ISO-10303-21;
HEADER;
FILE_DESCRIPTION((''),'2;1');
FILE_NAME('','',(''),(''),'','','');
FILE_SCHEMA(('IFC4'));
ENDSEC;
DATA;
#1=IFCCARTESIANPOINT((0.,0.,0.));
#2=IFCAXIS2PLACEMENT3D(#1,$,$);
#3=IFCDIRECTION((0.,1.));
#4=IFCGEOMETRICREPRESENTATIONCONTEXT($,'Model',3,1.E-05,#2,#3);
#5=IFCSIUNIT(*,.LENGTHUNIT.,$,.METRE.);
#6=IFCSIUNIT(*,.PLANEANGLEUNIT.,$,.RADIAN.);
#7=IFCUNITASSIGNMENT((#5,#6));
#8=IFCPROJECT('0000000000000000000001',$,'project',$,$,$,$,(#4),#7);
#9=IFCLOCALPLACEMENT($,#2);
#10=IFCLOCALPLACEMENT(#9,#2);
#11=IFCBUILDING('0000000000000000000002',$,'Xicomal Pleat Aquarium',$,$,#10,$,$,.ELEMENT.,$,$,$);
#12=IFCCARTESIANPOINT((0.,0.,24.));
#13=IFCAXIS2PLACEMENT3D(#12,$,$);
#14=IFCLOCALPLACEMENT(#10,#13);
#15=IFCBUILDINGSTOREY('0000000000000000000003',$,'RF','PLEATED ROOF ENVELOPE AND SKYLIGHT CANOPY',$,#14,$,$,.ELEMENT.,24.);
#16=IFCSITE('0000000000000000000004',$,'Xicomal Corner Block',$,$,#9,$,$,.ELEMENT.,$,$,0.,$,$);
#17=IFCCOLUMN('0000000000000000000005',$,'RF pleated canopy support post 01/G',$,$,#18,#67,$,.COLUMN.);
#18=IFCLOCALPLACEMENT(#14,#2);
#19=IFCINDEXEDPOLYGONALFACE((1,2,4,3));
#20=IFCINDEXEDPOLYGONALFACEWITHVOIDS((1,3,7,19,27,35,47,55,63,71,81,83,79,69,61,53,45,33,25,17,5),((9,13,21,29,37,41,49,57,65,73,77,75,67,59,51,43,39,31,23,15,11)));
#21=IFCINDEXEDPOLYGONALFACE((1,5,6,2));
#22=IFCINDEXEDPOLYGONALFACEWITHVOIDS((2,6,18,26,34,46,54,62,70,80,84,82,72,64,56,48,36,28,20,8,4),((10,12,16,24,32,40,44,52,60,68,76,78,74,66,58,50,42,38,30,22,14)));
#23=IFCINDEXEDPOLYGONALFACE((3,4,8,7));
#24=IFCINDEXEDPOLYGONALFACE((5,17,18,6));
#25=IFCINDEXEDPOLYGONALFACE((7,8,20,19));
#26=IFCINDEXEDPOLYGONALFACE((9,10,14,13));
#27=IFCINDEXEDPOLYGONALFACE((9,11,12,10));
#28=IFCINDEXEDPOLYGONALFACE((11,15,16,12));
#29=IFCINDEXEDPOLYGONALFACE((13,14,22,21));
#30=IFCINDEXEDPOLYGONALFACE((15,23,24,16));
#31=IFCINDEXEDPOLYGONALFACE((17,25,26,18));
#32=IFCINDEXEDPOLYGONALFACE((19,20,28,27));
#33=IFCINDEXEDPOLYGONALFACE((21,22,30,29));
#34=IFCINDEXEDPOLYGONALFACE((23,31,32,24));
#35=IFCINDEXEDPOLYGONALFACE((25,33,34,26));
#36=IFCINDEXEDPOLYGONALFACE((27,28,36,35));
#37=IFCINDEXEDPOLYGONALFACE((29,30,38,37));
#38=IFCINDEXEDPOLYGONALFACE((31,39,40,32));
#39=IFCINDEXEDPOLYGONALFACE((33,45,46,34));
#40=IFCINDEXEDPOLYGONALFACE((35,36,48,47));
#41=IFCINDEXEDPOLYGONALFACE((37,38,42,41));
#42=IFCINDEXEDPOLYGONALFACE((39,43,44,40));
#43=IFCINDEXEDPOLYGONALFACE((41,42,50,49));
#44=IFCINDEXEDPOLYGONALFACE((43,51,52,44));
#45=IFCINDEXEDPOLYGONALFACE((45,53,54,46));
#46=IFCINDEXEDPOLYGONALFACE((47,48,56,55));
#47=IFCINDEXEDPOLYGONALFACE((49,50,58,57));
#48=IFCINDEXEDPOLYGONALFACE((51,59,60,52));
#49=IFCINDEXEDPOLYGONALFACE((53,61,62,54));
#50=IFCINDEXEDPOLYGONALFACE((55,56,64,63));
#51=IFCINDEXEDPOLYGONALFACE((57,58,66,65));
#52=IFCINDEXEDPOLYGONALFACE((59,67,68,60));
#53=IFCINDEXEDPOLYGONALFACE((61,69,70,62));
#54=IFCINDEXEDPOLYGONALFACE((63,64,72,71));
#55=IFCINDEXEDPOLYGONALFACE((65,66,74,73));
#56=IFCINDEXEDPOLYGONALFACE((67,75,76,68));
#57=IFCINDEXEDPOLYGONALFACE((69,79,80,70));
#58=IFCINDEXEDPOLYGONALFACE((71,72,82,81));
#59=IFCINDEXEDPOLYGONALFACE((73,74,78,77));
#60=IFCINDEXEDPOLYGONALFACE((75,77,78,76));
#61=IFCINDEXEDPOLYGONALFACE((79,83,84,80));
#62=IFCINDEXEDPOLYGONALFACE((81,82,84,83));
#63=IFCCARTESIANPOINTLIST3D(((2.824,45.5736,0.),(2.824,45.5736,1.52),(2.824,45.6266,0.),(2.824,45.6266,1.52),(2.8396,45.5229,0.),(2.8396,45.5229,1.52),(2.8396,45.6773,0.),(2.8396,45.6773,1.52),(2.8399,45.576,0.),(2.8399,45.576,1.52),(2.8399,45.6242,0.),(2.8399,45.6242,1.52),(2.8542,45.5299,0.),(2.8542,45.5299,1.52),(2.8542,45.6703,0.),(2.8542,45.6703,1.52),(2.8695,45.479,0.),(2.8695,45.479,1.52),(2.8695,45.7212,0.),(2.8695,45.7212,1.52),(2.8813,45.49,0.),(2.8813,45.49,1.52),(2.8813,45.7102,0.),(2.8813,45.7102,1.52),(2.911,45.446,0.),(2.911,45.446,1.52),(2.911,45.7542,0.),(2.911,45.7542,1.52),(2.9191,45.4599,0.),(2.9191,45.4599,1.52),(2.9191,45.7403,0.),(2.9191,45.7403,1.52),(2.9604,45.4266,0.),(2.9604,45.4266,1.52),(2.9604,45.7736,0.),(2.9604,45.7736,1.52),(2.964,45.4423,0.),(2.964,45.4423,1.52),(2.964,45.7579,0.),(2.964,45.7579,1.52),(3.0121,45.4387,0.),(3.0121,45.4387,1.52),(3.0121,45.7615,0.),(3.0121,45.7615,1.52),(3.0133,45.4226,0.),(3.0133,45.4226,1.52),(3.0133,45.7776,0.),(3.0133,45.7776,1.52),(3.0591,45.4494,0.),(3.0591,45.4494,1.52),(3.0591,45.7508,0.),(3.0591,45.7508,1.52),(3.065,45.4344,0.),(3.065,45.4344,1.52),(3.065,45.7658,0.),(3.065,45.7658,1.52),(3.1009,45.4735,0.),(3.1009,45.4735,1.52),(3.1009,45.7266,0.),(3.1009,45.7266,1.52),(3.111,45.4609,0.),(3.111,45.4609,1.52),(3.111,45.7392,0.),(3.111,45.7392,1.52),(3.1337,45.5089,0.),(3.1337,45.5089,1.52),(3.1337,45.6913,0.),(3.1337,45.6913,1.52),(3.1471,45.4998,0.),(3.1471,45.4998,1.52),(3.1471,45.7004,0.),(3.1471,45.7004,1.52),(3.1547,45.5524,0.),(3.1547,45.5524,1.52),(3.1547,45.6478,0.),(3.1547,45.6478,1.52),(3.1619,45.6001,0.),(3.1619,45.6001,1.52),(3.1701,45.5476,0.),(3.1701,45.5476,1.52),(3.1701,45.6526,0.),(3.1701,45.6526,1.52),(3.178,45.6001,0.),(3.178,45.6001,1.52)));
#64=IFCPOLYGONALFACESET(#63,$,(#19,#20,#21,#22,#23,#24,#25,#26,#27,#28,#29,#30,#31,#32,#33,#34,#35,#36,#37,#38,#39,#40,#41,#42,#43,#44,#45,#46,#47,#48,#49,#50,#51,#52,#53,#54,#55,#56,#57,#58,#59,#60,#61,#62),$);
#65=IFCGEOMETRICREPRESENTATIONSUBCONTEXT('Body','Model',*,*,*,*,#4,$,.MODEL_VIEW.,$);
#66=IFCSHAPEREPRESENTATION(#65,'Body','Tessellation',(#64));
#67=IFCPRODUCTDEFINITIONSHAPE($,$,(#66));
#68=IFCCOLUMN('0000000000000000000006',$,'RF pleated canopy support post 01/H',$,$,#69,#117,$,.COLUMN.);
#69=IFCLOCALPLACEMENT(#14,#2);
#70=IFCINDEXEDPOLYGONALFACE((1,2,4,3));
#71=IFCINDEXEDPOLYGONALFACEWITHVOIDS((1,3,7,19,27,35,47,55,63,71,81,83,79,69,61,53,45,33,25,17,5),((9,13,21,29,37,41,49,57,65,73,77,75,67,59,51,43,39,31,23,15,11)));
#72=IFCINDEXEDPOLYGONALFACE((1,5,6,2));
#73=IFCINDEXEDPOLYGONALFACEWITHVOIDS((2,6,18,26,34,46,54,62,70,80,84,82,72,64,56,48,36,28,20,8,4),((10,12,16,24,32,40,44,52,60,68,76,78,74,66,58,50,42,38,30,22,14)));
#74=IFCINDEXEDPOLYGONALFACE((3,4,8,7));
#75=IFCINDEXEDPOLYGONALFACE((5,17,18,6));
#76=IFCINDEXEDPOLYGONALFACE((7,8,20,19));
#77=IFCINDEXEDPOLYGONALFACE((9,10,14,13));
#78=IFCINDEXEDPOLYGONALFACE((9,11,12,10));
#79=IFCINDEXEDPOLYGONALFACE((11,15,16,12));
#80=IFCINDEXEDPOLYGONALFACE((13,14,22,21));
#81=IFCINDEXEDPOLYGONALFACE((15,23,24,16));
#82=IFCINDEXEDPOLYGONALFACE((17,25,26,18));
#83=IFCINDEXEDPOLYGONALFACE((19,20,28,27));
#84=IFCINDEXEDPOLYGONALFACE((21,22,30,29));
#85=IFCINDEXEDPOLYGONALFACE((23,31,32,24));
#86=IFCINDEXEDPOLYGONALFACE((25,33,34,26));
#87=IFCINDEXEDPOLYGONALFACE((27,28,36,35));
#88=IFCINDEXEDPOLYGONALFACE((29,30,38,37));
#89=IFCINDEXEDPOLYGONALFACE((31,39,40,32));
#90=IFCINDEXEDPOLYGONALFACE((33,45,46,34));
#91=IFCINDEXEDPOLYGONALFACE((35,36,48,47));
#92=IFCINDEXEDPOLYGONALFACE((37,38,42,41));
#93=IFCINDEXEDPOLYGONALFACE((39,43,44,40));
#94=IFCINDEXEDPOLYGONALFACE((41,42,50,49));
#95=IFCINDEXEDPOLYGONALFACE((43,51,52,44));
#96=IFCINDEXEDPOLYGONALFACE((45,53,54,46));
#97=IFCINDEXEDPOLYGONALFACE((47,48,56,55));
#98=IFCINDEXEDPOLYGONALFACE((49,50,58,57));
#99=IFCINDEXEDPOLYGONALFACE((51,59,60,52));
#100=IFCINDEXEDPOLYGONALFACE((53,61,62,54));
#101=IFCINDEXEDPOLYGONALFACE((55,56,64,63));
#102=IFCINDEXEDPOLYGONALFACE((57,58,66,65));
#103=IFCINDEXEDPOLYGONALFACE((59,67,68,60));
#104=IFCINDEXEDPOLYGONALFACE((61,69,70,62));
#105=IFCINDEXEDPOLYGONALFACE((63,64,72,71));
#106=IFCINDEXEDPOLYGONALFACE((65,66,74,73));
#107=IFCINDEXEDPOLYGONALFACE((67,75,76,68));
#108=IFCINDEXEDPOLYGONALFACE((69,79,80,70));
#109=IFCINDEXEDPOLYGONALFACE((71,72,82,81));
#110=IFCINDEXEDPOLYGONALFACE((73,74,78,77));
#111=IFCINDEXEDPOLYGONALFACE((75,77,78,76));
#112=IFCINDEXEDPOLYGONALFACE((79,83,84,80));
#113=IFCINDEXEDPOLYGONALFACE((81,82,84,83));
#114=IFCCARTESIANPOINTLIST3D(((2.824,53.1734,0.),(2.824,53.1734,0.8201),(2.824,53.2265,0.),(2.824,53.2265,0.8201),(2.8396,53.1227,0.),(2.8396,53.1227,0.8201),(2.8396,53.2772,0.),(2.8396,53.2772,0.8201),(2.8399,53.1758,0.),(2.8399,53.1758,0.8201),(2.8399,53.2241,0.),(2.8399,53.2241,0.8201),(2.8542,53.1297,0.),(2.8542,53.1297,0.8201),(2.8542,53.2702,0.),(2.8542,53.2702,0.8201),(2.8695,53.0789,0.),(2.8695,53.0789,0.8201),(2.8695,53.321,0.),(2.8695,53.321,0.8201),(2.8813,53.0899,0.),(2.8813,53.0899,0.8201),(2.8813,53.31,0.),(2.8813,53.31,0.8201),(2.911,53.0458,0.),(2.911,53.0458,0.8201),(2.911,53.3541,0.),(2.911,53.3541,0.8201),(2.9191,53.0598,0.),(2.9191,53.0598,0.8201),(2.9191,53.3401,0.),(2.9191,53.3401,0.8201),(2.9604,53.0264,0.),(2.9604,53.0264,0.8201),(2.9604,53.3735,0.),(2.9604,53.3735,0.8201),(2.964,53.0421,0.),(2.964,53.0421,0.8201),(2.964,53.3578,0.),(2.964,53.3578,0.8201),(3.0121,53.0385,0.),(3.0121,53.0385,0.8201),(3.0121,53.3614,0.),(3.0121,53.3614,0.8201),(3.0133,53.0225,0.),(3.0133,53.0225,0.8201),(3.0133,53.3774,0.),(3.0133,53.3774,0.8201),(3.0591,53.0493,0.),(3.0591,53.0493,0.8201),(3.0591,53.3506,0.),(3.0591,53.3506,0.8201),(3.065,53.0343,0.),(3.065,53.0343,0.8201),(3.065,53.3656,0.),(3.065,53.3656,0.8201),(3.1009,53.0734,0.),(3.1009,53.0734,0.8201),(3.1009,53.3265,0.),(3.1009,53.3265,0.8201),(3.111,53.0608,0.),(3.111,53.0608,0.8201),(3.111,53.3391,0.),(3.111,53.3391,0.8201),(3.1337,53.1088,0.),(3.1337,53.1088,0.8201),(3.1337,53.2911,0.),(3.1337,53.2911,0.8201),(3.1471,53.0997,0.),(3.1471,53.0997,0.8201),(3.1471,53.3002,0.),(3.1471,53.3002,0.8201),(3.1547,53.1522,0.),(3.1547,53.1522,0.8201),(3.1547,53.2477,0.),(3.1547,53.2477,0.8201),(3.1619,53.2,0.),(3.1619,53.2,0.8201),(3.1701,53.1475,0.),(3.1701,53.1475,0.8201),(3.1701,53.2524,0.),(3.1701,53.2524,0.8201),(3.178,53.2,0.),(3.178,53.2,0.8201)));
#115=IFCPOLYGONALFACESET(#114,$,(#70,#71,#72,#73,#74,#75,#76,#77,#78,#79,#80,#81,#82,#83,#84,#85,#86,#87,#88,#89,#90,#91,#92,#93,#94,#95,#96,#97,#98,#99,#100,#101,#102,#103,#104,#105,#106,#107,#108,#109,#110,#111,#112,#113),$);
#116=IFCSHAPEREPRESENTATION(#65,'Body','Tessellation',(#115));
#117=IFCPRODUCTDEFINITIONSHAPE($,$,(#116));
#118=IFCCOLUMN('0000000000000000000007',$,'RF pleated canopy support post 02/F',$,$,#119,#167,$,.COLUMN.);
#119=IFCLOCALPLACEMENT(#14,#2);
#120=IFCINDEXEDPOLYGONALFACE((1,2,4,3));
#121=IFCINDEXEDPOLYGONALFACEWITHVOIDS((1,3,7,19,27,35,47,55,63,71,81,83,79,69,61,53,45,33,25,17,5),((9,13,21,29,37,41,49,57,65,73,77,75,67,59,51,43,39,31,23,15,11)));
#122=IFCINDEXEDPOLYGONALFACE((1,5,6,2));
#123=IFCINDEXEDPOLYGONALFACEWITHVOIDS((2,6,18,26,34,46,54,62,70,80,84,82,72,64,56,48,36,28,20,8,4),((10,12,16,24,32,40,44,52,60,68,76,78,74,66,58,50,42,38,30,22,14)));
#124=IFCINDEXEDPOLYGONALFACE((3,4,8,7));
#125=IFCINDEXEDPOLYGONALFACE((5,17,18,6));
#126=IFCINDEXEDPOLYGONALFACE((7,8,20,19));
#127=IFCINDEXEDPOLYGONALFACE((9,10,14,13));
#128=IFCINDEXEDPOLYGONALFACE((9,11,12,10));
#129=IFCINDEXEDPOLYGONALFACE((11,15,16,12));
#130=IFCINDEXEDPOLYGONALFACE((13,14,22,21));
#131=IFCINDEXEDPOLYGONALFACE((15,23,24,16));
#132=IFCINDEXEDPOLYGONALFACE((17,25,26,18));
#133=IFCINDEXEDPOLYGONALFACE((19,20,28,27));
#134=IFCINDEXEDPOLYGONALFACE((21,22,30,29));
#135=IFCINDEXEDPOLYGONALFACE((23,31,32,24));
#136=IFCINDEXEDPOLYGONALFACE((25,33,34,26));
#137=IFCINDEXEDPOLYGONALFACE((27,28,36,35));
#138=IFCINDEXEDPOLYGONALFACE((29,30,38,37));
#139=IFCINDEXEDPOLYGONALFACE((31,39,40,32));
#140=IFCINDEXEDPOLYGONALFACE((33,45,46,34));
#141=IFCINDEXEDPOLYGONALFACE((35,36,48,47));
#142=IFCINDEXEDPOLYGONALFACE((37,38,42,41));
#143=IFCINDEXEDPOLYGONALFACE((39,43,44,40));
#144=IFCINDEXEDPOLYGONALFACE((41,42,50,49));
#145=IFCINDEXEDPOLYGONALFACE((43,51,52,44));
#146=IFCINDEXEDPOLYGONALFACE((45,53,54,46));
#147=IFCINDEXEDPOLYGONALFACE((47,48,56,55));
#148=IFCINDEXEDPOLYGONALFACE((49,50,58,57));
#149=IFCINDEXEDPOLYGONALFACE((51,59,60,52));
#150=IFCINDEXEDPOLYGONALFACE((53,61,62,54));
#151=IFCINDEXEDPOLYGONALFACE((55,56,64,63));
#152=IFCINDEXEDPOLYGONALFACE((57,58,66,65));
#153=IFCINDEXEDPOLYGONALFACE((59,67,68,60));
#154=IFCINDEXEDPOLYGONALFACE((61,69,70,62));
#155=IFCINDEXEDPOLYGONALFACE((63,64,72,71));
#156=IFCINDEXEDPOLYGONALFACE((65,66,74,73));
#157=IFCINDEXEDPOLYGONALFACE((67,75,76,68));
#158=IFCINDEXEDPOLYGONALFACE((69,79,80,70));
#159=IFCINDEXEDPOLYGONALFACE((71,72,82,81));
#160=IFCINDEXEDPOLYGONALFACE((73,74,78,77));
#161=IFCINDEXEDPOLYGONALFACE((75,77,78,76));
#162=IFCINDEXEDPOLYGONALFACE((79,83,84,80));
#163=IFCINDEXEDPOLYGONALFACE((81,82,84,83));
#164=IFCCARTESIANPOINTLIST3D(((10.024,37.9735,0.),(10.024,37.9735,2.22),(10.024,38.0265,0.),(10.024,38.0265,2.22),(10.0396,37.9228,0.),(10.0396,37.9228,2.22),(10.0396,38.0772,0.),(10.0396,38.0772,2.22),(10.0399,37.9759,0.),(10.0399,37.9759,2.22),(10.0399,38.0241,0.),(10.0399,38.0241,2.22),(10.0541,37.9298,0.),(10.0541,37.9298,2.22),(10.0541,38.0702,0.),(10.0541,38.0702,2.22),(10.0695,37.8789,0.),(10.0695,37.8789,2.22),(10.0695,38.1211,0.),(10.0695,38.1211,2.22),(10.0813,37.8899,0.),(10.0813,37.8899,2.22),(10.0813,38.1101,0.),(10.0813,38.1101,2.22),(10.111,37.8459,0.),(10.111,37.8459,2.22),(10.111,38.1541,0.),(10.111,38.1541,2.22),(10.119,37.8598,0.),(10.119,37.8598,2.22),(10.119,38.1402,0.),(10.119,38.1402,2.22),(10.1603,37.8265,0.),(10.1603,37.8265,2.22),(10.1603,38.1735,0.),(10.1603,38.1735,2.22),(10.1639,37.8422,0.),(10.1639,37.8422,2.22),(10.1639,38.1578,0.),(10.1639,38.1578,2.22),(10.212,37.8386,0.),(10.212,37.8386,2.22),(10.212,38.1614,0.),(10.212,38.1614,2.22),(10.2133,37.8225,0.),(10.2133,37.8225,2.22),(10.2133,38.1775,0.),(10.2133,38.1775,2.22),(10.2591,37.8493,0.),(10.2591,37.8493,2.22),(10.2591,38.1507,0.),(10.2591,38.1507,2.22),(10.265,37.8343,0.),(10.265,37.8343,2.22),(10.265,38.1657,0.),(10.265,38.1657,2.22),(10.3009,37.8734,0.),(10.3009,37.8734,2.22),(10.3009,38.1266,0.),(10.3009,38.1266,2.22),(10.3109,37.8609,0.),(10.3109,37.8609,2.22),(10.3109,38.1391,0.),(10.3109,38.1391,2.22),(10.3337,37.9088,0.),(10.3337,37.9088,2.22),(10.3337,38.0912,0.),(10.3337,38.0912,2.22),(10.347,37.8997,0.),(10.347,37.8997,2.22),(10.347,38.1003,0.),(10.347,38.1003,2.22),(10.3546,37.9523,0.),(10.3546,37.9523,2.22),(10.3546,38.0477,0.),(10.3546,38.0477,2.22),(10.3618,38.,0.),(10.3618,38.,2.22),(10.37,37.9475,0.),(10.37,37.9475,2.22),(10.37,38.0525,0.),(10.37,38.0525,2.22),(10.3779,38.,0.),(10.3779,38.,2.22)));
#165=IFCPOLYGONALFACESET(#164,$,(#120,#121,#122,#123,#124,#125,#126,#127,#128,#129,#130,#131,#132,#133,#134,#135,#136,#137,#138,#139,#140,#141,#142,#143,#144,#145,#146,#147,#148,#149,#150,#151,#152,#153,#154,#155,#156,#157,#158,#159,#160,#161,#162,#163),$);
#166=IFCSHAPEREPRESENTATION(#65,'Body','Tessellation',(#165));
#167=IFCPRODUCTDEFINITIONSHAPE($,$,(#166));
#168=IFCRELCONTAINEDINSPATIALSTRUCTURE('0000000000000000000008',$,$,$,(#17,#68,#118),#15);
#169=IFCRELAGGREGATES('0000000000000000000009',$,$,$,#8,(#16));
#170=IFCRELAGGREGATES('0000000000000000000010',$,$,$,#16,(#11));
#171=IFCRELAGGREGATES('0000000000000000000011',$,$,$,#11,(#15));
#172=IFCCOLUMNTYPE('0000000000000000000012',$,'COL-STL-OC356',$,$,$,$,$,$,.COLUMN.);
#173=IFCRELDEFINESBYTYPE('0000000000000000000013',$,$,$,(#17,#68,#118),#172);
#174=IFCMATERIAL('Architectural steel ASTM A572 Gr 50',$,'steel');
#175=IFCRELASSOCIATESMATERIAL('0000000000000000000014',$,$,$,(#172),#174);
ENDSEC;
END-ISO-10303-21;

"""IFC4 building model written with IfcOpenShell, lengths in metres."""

from ifc_helpers import new_model, si_unit, direction, frame, origin, origin_2d, place, context, subcontext, project, spatial, hollow_circle, extrude, material, material_profile, profile_set, type_object, element, save


model = new_model("IFC4")

# Units and contexts
model_context = context("Model", 3, precision=1e-05, world=origin(), true_north=direction((0.0, 1.0)))
body_context = subcontext(model_context, "Body", "Model", "MODEL_VIEW")
ifc_project = project(units=[si_unit("LENGTHUNIT", "METRE"), si_unit("PLANEANGLEUNIT", "RADIAN")], contexts=[model_context])

# Site, building, storey
site_placement = place(None, origin())
site = spatial("IfcSite", under=ifc_project, at=site_placement, Name="Xicomal Corner Block", CompositionType="ELEMENT", RefElevation=0.0)
building_placement = place(site_placement, origin())
building = spatial("IfcBuilding", under=site, at=building_placement, Name="Xicomal Pleat Aquarium", CompositionType="ELEMENT")
storey_placement = place(building_placement, frame((0.0, 0.0, 24.0)))
storey = spatial("IfcBuildingStorey", under=building, at=storey_placement, Name="RF", Description="PLEATED ROOF ENVELOPE AND SKYLIGHT CANOPY", CompositionType="ELEMENT", Elevation=24.0)

# Columns
ifc_material_1 = material(Name="Architectural steel ASTM A572 Gr 50", Category="steel")
ifc_material_profile_1 = material_profile(ifc_material_1, hollow_circle(Radius=0.178, WallThickness=0.0161, at=origin_2d()), Name="OC 356x16")
ifc_profile_set_1 = profile_set([ifc_material_profile_1], Name="Architectural steel ASTM A572 Gr 50")
column_type = type_object("IfcColumnType", Name="COL-STL-OC356", PredefinedType="COLUMN", material=ifc_profile_set_1)
column_1_placement = place(storey_placement, frame((3.0, 45.6001, 0.0), z_axis=(0.0, 0.0, 1.0), x_axis=(1.0, 0.0, 0.0)))
element("IfcColumn", 1, at=column_1_placement, inside=storey, type_object=column_type, Name="RF pleated canopy support post 01/G", PredefinedType="COLUMN", context=body_context, shape_type="SweptSolid", body=[
    extrude(hollow_circle(Radius=0.178, WallThickness=0.0161, at=origin_2d()), origin(), (0.0, 0.0, 1.0), 1.52),
])
column_2_placement = place(storey_placement, frame((3.0, 53.2, 0.0), z_axis=(0.0, 0.0, 1.0), x_axis=(1.0, 0.0, 0.0)))
element("IfcColumn", 2, at=column_2_placement, inside=storey, type_object=column_type, Name="RF pleated canopy support post 01/H", PredefinedType="COLUMN", context=body_context, shape_type="SweptSolid", body=[
    extrude(hollow_circle(Radius=0.178, WallThickness=0.0161, at=origin_2d()), origin(), (0.0, 0.0, 1.0), 0.8201),
])
column_3_placement = place(storey_placement, frame((10.2, 38.0, 0.0), z_axis=(0.0, 0.0, 1.0), x_axis=(1.0, 0.0, 0.0)))
element("IfcColumn", 3, at=column_3_placement, inside=storey, type_object=column_type, Name="RF pleated canopy support post 02/F", PredefinedType="COLUMN", context=body_context, shape_type="SweptSolid", body=[
    extrude(hollow_circle(Radius=0.178, WallThickness=0.0161, at=origin_2d()), origin(), (0.0, 0.0, 1.0), 2.22),
])

save(model, "model.ifc")
